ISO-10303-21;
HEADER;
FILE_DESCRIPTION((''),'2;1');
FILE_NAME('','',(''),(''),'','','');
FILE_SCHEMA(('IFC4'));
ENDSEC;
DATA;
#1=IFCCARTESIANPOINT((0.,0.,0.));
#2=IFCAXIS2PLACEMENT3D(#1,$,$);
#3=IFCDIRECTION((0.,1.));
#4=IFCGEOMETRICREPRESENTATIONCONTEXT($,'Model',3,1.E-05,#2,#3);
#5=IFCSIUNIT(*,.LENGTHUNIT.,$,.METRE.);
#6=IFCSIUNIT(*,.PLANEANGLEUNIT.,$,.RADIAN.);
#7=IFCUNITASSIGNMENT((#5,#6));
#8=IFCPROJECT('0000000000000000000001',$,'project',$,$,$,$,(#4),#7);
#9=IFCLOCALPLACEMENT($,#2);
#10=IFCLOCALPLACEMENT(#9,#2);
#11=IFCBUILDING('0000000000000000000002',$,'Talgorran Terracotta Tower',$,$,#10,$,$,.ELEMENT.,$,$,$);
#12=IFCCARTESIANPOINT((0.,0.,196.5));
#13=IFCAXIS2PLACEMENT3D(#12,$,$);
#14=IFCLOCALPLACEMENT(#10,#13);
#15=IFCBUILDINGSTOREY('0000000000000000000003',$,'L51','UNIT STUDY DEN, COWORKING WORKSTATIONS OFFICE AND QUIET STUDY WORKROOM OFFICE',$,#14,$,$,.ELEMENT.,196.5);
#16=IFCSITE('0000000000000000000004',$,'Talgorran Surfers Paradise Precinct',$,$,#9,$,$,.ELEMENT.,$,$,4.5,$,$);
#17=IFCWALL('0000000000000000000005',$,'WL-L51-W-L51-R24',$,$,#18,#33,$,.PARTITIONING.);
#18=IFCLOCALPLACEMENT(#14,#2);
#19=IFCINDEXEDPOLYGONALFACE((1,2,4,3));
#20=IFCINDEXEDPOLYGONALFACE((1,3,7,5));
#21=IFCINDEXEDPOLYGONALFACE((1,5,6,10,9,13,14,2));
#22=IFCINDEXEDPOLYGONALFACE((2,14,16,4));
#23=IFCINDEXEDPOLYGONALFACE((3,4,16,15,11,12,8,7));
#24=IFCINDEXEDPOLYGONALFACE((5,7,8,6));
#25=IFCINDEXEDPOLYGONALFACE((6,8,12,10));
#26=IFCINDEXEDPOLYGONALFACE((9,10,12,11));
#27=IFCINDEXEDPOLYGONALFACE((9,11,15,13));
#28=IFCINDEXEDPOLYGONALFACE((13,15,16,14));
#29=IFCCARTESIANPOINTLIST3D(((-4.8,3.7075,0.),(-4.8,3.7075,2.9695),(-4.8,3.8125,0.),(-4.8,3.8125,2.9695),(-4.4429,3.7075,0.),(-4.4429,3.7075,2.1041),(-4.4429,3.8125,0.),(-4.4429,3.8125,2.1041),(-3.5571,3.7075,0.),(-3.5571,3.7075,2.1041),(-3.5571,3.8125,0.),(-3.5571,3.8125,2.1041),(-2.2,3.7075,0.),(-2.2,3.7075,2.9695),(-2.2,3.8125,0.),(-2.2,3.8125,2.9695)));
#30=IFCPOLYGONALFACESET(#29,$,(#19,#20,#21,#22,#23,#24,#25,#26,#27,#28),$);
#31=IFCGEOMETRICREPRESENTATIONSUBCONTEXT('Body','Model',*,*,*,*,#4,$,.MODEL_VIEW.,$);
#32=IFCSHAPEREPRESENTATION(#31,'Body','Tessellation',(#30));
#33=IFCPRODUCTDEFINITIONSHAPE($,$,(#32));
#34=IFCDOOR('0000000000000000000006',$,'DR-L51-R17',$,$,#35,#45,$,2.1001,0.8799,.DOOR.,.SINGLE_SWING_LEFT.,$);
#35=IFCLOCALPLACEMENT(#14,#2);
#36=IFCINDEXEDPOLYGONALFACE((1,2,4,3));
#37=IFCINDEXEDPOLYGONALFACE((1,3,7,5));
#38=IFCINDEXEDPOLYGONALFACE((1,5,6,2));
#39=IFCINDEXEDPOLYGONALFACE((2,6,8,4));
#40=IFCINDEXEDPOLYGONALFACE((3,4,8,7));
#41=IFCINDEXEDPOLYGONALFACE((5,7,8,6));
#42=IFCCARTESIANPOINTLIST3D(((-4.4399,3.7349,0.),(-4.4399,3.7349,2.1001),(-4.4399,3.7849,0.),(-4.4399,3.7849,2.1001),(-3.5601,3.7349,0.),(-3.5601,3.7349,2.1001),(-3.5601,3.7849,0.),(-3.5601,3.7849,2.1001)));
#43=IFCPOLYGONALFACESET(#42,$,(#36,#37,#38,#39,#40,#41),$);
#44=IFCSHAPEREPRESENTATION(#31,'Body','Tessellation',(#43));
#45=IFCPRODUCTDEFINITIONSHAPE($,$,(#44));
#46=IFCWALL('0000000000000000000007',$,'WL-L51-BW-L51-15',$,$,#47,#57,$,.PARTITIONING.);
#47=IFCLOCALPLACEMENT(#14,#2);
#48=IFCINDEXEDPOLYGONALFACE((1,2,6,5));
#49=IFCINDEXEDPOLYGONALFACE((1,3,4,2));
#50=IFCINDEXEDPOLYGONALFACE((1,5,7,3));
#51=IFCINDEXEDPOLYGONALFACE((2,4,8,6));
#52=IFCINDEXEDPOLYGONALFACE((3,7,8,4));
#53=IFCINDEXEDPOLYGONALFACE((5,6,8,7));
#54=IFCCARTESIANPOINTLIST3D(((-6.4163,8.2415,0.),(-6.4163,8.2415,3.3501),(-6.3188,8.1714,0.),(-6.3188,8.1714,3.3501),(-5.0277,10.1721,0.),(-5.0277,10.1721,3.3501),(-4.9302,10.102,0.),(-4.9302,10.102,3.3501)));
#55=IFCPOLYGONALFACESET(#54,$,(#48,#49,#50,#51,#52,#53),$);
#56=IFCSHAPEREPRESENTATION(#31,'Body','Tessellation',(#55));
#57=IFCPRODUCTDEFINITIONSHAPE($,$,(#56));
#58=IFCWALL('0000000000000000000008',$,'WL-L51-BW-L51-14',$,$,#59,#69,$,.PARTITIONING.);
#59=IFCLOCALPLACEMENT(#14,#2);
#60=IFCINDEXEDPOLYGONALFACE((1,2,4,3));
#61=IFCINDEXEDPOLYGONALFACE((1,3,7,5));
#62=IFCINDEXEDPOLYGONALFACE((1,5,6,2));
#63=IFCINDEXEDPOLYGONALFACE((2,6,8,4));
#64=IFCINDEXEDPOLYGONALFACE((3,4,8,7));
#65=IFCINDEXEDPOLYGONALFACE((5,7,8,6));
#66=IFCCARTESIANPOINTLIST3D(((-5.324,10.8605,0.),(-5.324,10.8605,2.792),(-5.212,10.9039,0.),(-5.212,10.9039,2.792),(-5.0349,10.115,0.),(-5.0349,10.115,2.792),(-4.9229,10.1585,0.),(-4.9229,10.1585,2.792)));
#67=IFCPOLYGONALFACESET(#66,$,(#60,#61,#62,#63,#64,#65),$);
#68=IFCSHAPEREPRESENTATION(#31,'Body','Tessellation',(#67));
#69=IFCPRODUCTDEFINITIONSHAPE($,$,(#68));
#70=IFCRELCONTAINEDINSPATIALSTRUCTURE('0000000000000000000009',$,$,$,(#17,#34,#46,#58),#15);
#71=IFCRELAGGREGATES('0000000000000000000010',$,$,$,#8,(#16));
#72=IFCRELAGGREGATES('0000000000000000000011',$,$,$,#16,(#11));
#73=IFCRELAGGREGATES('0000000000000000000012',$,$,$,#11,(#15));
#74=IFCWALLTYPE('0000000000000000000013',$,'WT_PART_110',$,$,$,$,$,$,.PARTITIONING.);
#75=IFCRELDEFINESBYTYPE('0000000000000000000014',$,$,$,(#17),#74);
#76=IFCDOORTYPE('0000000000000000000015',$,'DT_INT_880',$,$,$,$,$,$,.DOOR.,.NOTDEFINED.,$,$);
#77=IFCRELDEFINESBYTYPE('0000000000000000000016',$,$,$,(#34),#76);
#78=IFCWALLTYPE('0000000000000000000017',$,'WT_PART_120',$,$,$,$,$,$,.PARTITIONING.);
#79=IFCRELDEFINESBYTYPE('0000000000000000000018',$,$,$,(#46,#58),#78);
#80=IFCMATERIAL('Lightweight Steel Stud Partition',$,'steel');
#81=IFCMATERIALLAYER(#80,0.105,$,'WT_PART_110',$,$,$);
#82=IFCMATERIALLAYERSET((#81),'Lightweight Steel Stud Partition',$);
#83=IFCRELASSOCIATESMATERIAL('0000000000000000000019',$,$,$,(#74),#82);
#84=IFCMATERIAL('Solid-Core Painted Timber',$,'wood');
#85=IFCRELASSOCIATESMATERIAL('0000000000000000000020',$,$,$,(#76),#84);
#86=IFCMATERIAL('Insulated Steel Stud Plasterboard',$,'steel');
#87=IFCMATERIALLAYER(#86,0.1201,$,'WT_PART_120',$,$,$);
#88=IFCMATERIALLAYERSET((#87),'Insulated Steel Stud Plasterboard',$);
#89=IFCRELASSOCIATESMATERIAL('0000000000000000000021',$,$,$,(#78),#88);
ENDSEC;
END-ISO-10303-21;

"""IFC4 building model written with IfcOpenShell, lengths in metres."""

from ifc_helpers import new_model, si_unit, direction, frame, frame_2d, origin, place, context, subcontext, project, spatial, rectangle, extrude, material, layer, layer_set, type_object, element, fill, save


model = new_model("IFC4")

# Units and contexts
model_context = context("Model", 3, precision=1e-05, world=origin(), true_north=direction((0.0, 1.0)))
body_context = subcontext(model_context, "Body", "Model", "MODEL_VIEW")
ifc_project = project(units=[si_unit("LENGTHUNIT", "METRE"), si_unit("PLANEANGLEUNIT", "RADIAN")], contexts=[model_context])

# Site, building, storey
site_placement = place(None, origin())
site = spatial("IfcSite", under=ifc_project, at=site_placement, Name="Talgorran Surfers Paradise Precinct", CompositionType="ELEMENT", RefElevation=4.5)
building_placement = place(site_placement, origin())
building = spatial("IfcBuilding", under=site, at=building_placement, Name="Talgorran Terracotta Tower", CompositionType="ELEMENT")
storey_placement = place(building_placement, frame((0.0, 0.0, 196.5)))
storey = spatial("IfcBuildingStorey", under=building, at=storey_placement, Name="L51", Description="UNIT STUDY DEN, COWORKING WORKSTATIONS OFFICE AND QUIET STUDY WORKROOM OFFICE", CompositionType="ELEMENT", Elevation=196.5)

# Shared definitions
ifc_material_1 = material(Name="Lightweight Steel Stud Partition", Category="steel")
ifc_layer_1 = layer(ifc_material_1, 0.105, Name="WT_PART_110")
ifc_layer_set_1 = layer_set([ifc_layer_1], Name="Lightweight Steel Stud Partition")
wall_type_1 = type_object("IfcWallType", Name="WT_PART_110", PredefinedType="PARTITIONING", material=ifc_layer_set_1)
ifc_material_2 = material(Name="Solid-Core Painted Timber", Category="wood")
door_type = type_object("IfcDoorType", Name="DT_INT_880", OperationType="NOTDEFINED", PredefinedType="DOOR", material=ifc_material_2)

# Wall, opening, door
wall_1_placement = place(storey_placement, frame((-4.8, 3.76, 0.0), z_axis=(0.0, 0.0, 1.0), x_axis=(1.0, 0.0, 0.0)))
wall_1 = element("IfcWall", 1, at=wall_1_placement, inside=storey, type_object=wall_type_1, Name="WL-L51-W-L51-R24", PredefinedType="PARTITIONING", context=body_context, shape_type="SweptSolid", body=[
    extrude(rectangle(XDim=2.6001, YDim=0.105, at=frame_2d((1.3, 0.0))), origin(), (0.0, 0.0, 1.0), 2.9695),
])
opening_1_placement = place(wall_1_placement, frame((0.3601, 0.0, 0.0)))
opening_1 = element("IfcOpeningElement", 2, at=opening_1_placement, cuts=wall_1, PredefinedType="OPENING", context=body_context, shape_type="SweptSolid", body=[
    extrude(rectangle(XDim=0.8859, YDim=2.1041, at=frame_2d((0.4399, 1.052))), frame((0.0, 0.0625, 0.0), z_axis=(0.0, -1.0, 0.0), x_axis=(1.0, 0.0, 0.0)), (0.0, 0.0, 1.0), 0.125),
])
door_1_placement = place(opening_1_placement, origin())
door_1 = element("IfcDoor", 3, at=door_1_placement, inside=storey, type_object=door_type, Name="DR-L51-R17", OperationType="SINGLE_SWING_LEFT", OverallHeight=2.1001, OverallWidth=0.8799, PredefinedType="DOOR", context=body_context, shape_type="SweptSolid", body=[
    extrude(rectangle(XDim=0.8799, YDim=2.1001, at=frame_2d((0.4399, 1.05))), frame((0.0, 0.0249, 0.0), z_axis=(0.0, -1.0, 0.0), x_axis=(1.0, 0.0, 0.0)), (0.0, 0.0, 1.0), 0.05),
])
fill(opening_1, door_1)

# Walls
ifc_material_3 = material(Name="Insulated Steel Stud Plasterboard", Category="steel")
ifc_layer_2 = layer(ifc_material_3, 0.1201, Name="WT_PART_120")
ifc_layer_set_2 = layer_set([ifc_layer_2], Name="Insulated Steel Stud Plasterboard")
wall_type_2 = type_object("IfcWallType", Name="WT_PART_120", PredefinedType="PARTITIONING", material=ifc_layer_set_2)
wall_2_placement = place(storey_placement, frame((-4.979, 10.137, 0.0), z_axis=(0.0, 0.0, 1.0), x_axis=(-0.583915, -0.811815, 0.0)))
element("IfcWall", 4, at=wall_2_placement, inside=storey, type_object=wall_type_2, Name="WL-L51-BW-L51-15", PredefinedType="PARTITIONING", context=body_context, shape_type="SweptSolid", body=[
    extrude(rectangle(XDim=2.3782, YDim=0.1201, at=frame_2d((1.189, 0.0))), origin(), (0.0, 0.0, 1.0), 3.3501),
])
wall_3_placement = place(storey_placement, frame((-5.2681, 10.8823, 0.0), z_axis=(0.0, 0.0, 1.0), x_axis=(0.361577, -0.932342, 0.0)))
element("IfcWall", 5, at=wall_3_placement, inside=storey, type_object=wall_type_2, Name="WL-L51-BW-L51-14", PredefinedType="PARTITIONING", context=body_context, shape_type="SweptSolid", body=[
    extrude(rectangle(XDim=0.7996, YDim=0.1201, at=frame_2d((0.3999, 0.0))), origin(), (0.0, 0.0, 1.0), 2.792),
])

save(model, "model.ifc")
